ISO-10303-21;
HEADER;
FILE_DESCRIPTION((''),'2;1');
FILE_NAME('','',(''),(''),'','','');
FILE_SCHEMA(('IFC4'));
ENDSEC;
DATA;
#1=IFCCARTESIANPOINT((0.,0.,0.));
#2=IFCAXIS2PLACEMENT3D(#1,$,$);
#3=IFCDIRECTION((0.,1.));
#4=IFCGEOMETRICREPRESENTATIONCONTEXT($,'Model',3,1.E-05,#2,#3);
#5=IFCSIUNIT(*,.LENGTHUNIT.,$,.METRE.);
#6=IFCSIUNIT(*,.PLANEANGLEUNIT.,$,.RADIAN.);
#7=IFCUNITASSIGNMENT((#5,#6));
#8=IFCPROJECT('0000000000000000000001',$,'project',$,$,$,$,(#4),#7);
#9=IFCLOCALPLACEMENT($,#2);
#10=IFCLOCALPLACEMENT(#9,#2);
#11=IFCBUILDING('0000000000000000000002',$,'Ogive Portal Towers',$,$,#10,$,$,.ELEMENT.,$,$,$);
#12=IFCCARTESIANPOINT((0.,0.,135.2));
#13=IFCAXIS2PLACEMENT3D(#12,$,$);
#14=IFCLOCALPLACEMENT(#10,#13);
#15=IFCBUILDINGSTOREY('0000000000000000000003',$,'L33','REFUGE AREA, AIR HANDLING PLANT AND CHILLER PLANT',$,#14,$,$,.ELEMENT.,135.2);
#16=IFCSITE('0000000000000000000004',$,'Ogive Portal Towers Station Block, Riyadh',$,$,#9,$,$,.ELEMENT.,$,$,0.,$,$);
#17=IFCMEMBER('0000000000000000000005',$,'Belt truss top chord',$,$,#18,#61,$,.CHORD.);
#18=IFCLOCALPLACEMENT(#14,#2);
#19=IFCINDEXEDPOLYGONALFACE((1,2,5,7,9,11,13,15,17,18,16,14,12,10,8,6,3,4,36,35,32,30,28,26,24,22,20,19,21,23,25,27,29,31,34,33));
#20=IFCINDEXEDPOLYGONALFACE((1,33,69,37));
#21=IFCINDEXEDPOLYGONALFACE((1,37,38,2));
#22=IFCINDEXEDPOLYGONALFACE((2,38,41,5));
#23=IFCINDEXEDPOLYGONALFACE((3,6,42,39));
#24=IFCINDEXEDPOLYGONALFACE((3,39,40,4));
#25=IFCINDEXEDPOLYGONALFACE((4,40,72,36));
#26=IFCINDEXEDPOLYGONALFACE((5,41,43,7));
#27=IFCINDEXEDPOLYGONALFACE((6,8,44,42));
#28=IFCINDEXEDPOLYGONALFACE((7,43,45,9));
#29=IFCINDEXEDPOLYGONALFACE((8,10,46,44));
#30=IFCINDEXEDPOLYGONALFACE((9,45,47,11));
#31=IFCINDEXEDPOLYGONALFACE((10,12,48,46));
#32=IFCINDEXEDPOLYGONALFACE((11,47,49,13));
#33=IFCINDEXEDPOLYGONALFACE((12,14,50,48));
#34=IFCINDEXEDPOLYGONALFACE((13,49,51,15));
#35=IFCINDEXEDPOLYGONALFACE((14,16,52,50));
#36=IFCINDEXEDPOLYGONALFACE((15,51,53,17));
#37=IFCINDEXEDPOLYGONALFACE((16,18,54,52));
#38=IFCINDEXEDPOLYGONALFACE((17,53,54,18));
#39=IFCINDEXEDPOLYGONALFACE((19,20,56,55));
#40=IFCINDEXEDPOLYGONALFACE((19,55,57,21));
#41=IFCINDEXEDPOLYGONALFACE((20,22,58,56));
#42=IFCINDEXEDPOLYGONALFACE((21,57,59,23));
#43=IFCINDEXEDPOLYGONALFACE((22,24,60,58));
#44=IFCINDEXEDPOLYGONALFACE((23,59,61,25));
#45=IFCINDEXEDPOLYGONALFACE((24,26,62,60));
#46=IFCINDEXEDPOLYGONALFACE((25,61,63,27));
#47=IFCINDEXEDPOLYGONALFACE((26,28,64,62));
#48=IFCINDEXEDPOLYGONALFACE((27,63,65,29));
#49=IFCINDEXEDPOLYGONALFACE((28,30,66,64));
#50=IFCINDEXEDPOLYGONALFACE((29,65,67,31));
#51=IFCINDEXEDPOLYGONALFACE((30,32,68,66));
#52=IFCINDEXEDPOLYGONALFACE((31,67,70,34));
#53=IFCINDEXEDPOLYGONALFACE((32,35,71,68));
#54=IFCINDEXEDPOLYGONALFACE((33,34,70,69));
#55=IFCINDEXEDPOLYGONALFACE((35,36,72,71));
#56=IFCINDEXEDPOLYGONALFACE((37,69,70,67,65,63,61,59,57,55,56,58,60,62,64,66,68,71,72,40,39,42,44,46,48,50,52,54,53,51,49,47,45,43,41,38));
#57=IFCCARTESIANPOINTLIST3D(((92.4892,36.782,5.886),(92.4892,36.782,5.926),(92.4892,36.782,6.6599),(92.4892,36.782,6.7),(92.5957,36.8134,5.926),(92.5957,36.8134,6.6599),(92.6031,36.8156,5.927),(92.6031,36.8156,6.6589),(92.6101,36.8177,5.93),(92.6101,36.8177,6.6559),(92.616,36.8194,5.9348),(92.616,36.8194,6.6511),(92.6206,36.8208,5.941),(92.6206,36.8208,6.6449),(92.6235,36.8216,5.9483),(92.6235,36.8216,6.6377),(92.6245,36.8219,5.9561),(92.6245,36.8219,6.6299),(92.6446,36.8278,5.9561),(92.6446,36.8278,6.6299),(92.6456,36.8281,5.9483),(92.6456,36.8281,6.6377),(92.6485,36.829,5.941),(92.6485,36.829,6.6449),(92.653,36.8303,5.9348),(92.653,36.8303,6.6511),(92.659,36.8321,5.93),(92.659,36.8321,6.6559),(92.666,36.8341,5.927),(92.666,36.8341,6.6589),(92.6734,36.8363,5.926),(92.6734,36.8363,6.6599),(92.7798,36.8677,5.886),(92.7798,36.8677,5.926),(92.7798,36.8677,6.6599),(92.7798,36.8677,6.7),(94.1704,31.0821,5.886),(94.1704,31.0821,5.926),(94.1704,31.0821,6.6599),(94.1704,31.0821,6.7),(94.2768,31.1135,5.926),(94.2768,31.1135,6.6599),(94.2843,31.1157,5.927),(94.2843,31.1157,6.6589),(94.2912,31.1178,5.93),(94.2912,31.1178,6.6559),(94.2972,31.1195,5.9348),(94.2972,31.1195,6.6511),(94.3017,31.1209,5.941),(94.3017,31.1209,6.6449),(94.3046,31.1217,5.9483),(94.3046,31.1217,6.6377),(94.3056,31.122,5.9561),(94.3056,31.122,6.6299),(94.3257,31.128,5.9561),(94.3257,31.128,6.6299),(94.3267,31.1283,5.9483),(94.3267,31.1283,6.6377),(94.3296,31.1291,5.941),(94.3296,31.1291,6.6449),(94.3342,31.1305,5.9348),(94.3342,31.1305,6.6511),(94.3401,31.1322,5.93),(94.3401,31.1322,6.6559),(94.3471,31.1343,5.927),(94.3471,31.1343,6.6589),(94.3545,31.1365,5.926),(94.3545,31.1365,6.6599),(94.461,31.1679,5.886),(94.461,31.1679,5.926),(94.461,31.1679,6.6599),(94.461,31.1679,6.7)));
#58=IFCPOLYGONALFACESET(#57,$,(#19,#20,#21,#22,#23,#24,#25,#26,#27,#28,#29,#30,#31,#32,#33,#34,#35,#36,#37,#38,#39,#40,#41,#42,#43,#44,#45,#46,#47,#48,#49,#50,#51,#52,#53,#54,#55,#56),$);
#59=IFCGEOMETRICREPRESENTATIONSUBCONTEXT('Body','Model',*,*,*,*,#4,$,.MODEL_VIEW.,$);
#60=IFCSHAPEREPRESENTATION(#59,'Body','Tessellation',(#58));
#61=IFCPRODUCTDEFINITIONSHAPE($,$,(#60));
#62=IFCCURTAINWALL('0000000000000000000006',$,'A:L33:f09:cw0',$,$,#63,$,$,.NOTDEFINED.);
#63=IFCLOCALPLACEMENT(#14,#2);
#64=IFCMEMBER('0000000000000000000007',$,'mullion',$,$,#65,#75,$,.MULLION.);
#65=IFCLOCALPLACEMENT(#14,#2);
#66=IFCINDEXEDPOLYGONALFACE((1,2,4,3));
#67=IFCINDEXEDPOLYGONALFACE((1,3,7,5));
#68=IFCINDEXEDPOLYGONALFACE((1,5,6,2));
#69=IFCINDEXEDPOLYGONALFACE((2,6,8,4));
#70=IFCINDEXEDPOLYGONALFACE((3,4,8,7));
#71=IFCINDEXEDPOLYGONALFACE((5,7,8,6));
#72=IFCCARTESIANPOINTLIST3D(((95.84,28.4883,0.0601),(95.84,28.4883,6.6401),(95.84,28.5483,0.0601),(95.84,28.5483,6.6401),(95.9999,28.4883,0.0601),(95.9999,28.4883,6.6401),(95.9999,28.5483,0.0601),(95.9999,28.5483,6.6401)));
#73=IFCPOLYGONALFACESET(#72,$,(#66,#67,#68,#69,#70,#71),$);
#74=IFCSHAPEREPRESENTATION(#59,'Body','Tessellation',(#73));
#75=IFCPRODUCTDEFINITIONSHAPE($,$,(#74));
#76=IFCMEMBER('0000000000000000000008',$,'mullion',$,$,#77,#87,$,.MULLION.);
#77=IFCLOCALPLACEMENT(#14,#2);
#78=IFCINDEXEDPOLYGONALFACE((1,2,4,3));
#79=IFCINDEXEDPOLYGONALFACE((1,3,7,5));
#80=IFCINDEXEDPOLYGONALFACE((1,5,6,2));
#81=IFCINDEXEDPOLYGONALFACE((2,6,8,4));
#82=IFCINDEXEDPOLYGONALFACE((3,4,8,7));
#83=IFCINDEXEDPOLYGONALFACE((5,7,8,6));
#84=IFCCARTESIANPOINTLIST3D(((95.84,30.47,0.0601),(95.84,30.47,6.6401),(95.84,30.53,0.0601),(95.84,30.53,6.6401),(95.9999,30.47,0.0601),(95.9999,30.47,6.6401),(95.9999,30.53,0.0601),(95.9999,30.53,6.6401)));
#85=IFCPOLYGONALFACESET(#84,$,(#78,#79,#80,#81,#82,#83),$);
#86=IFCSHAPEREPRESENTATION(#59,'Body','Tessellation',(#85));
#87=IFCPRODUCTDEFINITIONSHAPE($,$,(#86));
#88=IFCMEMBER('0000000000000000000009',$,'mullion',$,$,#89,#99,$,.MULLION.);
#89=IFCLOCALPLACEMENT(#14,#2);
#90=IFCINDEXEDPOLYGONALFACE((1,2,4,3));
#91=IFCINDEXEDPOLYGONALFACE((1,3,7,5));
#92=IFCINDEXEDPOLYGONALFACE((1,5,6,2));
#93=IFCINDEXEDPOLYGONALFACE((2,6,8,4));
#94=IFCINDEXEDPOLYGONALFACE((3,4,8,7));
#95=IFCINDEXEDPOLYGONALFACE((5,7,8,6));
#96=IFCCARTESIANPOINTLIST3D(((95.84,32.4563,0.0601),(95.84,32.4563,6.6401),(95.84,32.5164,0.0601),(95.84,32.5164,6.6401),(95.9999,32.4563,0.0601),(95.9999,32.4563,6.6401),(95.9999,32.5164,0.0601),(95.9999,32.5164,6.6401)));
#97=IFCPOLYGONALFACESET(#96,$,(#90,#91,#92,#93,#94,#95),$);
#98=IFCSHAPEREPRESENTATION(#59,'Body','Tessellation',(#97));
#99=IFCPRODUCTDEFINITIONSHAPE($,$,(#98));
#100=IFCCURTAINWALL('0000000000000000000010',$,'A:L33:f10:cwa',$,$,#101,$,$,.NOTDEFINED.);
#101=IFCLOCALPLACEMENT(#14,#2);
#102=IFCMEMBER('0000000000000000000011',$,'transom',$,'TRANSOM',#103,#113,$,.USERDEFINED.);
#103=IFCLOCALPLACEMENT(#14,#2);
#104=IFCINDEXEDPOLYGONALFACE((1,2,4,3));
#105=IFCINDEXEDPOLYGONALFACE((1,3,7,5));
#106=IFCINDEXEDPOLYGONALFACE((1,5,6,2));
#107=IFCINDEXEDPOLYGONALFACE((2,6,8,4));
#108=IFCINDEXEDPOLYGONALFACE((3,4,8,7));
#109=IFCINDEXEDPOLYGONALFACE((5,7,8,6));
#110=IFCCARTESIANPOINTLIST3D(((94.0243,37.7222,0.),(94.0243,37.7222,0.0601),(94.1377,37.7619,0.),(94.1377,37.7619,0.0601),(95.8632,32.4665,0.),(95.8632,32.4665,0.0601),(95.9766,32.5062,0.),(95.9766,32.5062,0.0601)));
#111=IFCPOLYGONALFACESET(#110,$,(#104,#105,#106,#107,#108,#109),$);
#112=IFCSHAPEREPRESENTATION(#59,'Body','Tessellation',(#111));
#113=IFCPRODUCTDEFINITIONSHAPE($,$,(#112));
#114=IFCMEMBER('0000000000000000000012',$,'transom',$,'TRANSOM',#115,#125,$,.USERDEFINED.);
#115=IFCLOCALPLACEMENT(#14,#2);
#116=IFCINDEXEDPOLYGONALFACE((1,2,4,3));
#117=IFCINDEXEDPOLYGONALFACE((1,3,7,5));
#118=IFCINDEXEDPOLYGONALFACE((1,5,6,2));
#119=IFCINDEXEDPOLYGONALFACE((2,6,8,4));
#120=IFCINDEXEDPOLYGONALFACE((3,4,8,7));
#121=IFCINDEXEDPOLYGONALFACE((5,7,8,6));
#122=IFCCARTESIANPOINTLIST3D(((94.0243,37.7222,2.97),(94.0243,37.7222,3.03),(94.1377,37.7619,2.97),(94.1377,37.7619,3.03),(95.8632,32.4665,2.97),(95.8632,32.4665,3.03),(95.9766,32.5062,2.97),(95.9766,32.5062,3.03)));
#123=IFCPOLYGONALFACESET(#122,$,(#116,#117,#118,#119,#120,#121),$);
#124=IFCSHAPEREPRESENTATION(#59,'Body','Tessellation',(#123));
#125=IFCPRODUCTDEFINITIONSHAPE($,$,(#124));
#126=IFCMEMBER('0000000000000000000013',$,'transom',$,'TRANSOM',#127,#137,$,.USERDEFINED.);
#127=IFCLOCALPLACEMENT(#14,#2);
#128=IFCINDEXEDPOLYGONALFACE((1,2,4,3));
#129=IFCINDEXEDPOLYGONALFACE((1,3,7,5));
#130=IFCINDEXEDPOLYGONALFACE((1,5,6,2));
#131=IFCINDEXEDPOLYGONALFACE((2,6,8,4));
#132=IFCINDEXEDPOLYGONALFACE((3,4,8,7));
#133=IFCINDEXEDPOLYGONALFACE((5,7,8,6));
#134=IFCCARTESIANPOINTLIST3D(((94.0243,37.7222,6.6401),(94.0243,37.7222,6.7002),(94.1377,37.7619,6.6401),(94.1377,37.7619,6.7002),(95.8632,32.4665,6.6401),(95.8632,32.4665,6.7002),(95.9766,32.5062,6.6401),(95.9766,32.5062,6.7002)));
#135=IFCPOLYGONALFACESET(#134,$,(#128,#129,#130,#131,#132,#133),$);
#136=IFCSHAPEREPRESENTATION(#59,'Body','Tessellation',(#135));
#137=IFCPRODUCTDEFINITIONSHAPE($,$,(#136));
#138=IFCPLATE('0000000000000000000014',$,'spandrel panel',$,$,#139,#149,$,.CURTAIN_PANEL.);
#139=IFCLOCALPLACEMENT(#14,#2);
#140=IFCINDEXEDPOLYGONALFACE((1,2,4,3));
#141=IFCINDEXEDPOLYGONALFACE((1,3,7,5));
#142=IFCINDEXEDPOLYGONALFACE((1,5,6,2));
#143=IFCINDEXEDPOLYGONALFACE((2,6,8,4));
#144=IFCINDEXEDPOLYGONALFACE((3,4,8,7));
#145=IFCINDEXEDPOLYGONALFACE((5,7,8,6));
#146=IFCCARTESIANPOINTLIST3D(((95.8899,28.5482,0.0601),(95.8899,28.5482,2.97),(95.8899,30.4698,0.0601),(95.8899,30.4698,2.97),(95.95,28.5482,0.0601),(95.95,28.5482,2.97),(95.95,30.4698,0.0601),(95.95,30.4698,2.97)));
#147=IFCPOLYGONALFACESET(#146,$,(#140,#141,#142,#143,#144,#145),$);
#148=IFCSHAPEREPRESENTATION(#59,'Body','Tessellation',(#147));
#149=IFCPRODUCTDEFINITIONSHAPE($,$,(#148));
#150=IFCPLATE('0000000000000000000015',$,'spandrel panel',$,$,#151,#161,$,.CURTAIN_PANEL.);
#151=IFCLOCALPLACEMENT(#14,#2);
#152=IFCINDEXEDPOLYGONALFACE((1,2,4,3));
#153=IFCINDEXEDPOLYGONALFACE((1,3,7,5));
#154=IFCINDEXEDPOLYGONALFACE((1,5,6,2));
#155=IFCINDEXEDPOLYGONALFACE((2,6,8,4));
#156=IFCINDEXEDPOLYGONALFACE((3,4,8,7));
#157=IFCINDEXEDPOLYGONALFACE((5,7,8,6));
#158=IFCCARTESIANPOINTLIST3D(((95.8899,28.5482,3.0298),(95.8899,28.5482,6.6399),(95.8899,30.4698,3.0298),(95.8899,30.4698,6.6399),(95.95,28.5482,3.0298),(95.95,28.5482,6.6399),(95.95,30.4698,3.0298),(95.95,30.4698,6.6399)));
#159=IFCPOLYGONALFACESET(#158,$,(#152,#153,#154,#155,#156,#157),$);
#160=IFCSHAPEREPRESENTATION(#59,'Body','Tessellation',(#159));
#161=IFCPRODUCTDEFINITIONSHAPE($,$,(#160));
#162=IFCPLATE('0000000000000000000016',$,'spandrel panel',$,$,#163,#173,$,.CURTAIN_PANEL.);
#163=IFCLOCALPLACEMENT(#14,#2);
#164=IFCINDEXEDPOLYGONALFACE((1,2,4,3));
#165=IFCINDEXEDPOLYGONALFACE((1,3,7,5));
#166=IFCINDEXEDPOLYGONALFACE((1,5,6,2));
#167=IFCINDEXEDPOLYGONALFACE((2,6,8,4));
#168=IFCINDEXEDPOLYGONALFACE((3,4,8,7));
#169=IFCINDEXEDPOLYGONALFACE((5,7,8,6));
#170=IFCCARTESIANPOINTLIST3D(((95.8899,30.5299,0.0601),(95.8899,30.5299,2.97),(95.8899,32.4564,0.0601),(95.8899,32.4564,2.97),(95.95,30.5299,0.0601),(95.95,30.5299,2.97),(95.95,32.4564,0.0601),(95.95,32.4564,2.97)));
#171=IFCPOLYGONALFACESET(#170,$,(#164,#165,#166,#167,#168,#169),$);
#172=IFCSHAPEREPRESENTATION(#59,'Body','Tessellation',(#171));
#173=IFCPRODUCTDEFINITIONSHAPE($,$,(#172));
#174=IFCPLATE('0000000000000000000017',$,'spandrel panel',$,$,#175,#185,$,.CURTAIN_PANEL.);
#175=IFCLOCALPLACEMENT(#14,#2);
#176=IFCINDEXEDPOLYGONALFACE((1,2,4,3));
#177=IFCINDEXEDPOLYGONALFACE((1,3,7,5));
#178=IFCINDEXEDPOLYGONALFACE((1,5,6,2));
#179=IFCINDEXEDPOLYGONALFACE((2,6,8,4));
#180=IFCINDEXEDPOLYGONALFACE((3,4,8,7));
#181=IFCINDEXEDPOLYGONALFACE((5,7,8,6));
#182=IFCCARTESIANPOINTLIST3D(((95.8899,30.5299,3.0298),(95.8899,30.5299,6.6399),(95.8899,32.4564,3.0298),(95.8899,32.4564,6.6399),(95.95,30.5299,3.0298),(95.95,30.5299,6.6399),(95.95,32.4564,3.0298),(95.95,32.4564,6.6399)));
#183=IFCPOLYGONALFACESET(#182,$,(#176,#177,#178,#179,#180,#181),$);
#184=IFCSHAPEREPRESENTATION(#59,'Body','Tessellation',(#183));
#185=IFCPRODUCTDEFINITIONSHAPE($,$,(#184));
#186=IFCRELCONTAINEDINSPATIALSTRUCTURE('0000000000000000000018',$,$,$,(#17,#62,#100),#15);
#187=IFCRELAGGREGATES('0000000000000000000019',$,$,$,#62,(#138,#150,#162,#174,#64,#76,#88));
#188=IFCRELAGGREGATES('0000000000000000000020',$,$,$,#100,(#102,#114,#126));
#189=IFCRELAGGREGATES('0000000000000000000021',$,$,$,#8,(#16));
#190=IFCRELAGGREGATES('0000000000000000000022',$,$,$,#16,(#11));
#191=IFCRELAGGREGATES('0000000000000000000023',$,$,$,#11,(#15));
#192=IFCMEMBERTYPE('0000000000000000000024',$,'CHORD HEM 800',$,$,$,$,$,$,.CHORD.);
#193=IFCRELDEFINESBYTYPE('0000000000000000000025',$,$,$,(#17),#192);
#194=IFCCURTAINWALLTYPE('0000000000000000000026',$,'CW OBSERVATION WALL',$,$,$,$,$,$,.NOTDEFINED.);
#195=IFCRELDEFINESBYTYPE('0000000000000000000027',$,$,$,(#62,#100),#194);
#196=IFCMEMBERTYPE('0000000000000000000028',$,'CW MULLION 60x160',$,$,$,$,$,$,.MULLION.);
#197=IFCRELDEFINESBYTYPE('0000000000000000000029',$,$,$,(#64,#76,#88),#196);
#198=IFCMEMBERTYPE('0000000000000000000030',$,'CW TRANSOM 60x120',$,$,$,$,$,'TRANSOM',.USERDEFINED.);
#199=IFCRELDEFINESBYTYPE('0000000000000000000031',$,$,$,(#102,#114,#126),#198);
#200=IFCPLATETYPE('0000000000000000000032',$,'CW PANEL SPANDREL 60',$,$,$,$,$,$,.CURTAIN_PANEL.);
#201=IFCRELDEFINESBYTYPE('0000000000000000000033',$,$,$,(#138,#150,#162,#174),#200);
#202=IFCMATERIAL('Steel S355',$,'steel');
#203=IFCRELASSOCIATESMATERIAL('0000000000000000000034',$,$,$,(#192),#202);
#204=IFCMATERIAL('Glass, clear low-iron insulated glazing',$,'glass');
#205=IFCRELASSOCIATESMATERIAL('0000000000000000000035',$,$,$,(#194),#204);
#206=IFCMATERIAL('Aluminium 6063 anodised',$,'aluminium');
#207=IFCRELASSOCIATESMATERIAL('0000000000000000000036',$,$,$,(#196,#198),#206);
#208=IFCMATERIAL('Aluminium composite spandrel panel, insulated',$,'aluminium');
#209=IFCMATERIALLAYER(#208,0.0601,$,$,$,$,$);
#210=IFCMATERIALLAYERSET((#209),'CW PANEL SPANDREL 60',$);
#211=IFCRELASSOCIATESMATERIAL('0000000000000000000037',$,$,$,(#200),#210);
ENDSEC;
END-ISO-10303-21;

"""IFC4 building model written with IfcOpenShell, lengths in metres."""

from ifc_helpers import new_model, si_unit, direction, frame, origin, origin_2d, place, context, subcontext, project, spatial, rectangle, i_section, extrude, material, layer, layer_set, material_profile, profile_set, type_object, element, aggregate, save


model = new_model("IFC4")

# Units and contexts
model_context = context("Model", 3, precision=1e-05, world=origin(), true_north=direction((0.0, 1.0)))
body_context = subcontext(model_context, "Body", "Model", "MODEL_VIEW")
ifc_project = project(units=[si_unit("LENGTHUNIT", "METRE"), si_unit("PLANEANGLEUNIT", "RADIAN")], contexts=[model_context])

# Site, building, storey
site_placement = place(None, origin())
site = spatial("IfcSite", under=ifc_project, at=site_placement, Name="Ogive Portal Towers Station Block, Riyadh", CompositionType="ELEMENT", RefElevation=0.0)
building_placement = place(site_placement, origin())
building = spatial("IfcBuilding", under=site, at=building_placement, Name="Ogive Portal Towers", CompositionType="ELEMENT")
storey_placement = place(building_placement, frame((0.0, 0.0, 135.2)))
storey = spatial("IfcBuildingStorey", under=building, at=storey_placement, Name="L33", Description="REFUGE AREA, AIR HANDLING PLANT AND CHILLER PLANT", CompositionType="ELEMENT", Elevation=135.2)

# Member
ifc_material_1 = material(Name="Steel S355", Category="steel")
ifc_material_profile_1 = material_profile(ifc_material_1, i_section(OverallWidth=0.303, OverallDepth=0.814, WebThickness=0.021, FlangeThickness=0.04, FilletRadius=0.03, at=origin_2d()), Name="HEM 800")
ifc_profile_set_1 = profile_set([ifc_material_profile_1], Name="Steel S355")
member_type_1 = type_object("IfcMemberType", Name="CHORD HEM 800", PredefinedType="CHORD", material=ifc_profile_set_1)
for number, where, z_axis, x_axis, name in (
    (1, (94.3157, 31.125, 6.293), (-0.282894, 0.959151, 0.0), (-0.959151, -0.282894, 0.0), "Belt truss top chord"),
):
    element("IfcMember", number, at=place(storey_placement, frame(where, z_axis=z_axis, x_axis=x_axis)), inside=storey, type_object=member_type_1, Name=name, PredefinedType="CHORD", context=body_context, shape_type="SweptSolid", body=[
        extrude(i_section(OverallWidth=0.303, OverallDepth=0.814, WebThickness=0.021, FlangeThickness=0.04, FilletRadius=0.03, at=origin_2d()), origin(), (0.0, 0.0, 1.0), 5.9426),
    ])

# Curtain walls, members
ifc_material_2 = material(Name="Glass, clear low-iron insulated glazing", Category="glass")
curtain_wall_type = type_object("IfcCurtainWallType", Name="CW OBSERVATION WALL", PredefinedType="NOTDEFINED", material=ifc_material_2)
curtain_wall_1_placement = place(storey_placement, origin())
curtain_wall_1 = element("IfcCurtainWall", 2, at=curtain_wall_1_placement, inside=storey, type_object=curtain_wall_type, Name="A:L33:f09:cw0", PredefinedType="NOTDEFINED")
ifc_material_3 = material(Name="Aluminium 6063 anodised", Category="aluminium")
ifc_material_profile_2 = material_profile(ifc_material_3, rectangle(XDim=0.1599, YDim=0.0601, at=origin_2d()), Name="AL 60x160")
ifc_profile_set_2 = profile_set([ifc_material_profile_2], Name="Aluminium 6063 anodised")
member_type_2 = type_object("IfcMemberType", Name="CW MULLION 60x160", PredefinedType="MULLION", material=ifc_profile_set_2)
member_1_placement = place(storey_placement, frame((95.9199, 28.5183, 0.0601), z_axis=(0.0, 0.0, 1.0), x_axis=(-1.0, 0.0, 0.0)))
member_1 = element("IfcMember", 3, at=member_1_placement, type_object=member_type_2, Name="mullion", PredefinedType="MULLION", context=body_context, shape_type="SweptSolid", body=[
    extrude(rectangle(XDim=0.1599, YDim=0.0601, at=origin_2d()), origin(), (0.0, 0.0, 1.0), 6.5801),
])
member_2_placement = place(storey_placement, frame((95.9199, 30.5, 0.0601), z_axis=(0.0, 0.0, 1.0), x_axis=(-1.0, 0.0, 0.0)))
member_2 = element("IfcMember", 4, at=member_2_placement, type_object=member_type_2, Name="mullion", PredefinedType="MULLION", context=body_context, shape_type="SweptSolid", body=[
    extrude(rectangle(XDim=0.1599, YDim=0.0601, at=origin_2d()), origin(), (0.0, 0.0, 1.0), 6.5801),
])
member_3_placement = place(storey_placement, frame((95.9199, 32.4863, 0.0601), z_axis=(0.0, 0.0, 1.0), x_axis=(-1.0, 0.0, 0.0)))
member_3 = element("IfcMember", 5, at=member_3_placement, type_object=member_type_2, Name="mullion", PredefinedType="MULLION", context=body_context, shape_type="SweptSolid", body=[
    extrude(rectangle(XDim=0.1599, YDim=0.0601, at=origin_2d()), origin(), (0.0, 0.0, 1.0), 6.5801),
])
curtain_wall_2_placement = place(storey_placement, origin())
curtain_wall_2 = element("IfcCurtainWall", 6, at=curtain_wall_2_placement, inside=storey, type_object=curtain_wall_type, Name="A:L33:f10:cwa", PredefinedType="NOTDEFINED")
ifc_material_profile_3 = material_profile(ifc_material_3, rectangle(XDim=0.1201, YDim=0.0601, at=origin_2d()), Name="AL 120x60")
ifc_profile_set_3 = profile_set([ifc_material_profile_3], Name="Aluminium 6063 anodised")
member_type_3 = type_object("IfcMemberType", Name="CW TRANSOM 60x120", ElementType="TRANSOM", PredefinedType="USERDEFINED", material=ifc_profile_set_3)
member_4_placement = place(storey_placement, frame((95.9199, 32.4863, 0.03), z_axis=(-0.330255, 0.943892, 0.0), x_axis=(-0.943892, -0.330255, 0.0)))
member_4 = element("IfcMember", 7, at=member_4_placement, type_object=member_type_3, Name="transom", ObjectType="TRANSOM", PredefinedType="USERDEFINED", context=body_context, shape_type="SweptSolid", body=[
    extrude(rectangle(XDim=0.1201, YDim=0.0601, at=origin_2d()), origin(), (0.0, 0.0, 1.0), 5.5681),
])
member_5_placement = place(storey_placement, frame((95.9199, 32.4863, 3.0), z_axis=(-0.330255, 0.943892, 0.0), x_axis=(-0.943892, -0.330255, 0.0)))
member_5 = element("IfcMember", 8, at=member_5_placement, type_object=member_type_3, Name="transom", ObjectType="TRANSOM", PredefinedType="USERDEFINED", context=body_context, shape_type="SweptSolid", body=[
    extrude(rectangle(XDim=0.1201, YDim=0.0601, at=origin_2d()), origin(), (0.0, 0.0, 1.0), 5.5681),
])
member_6_placement = place(storey_placement, frame((95.9199, 32.4863, 6.6702), z_axis=(-0.330255, 0.943892, 0.0), x_axis=(-0.943892, -0.330255, 0.0)))
member_6 = element("IfcMember", 9, at=member_6_placement, type_object=member_type_3, Name="transom", ObjectType="TRANSOM", PredefinedType="USERDEFINED", context=body_context, shape_type="SweptSolid", body=[
    extrude(rectangle(XDim=0.1201, YDim=0.0601, at=origin_2d()), origin(), (0.0, 0.0, 1.0), 5.5681),
])

# Plates
ifc_material_4 = material(Name="Aluminium composite spandrel panel, insulated", Category="aluminium")
ifc_layer_1 = layer(ifc_material_4, 0.0601)
ifc_layer_set_1 = layer_set([ifc_layer_1], Name="CW PANEL SPANDREL 60")
plate_type = type_object("IfcPlateType", Name="CW PANEL SPANDREL 60", PredefinedType="CURTAIN_PANEL", material=ifc_layer_set_1)
plate_1_placement = place(storey_placement, frame((95.9199, 29.509, 0.0601), z_axis=(0.0, 0.0, 1.0), x_axis=(0.0, 1.0, 0.0)))
plate_1 = element("IfcPlate", 10, at=plate_1_placement, type_object=plate_type, Name="spandrel panel", PredefinedType="CURTAIN_PANEL", context=body_context, shape_type="SweptSolid", body=[
    extrude(rectangle(XDim=1.9216, YDim=0.0601, at=origin_2d()), origin(), (0.0, 0.0, 1.0), 2.9099),
])
plate_2_placement = place(storey_placement, frame((95.9199, 29.509, 3.0298), z_axis=(0.0, 0.0, 1.0), x_axis=(0.0, 1.0, 0.0)))
plate_2 = element("IfcPlate", 11, at=plate_2_placement, type_object=plate_type, Name="spandrel panel", PredefinedType="CURTAIN_PANEL", context=body_context, shape_type="SweptSolid", body=[
    extrude(rectangle(XDim=1.9216, YDim=0.0601, at=origin_2d()), origin(), (0.0, 0.0, 1.0), 3.6101),
])
plate_3_placement = place(storey_placement, frame((95.9199, 31.4932, 0.0601), z_axis=(0.0, 0.0, 1.0), x_axis=(0.0, 1.0, 0.0)))
plate_3 = element("IfcPlate", 12, at=plate_3_placement, type_object=plate_type, Name="spandrel panel", PredefinedType="CURTAIN_PANEL", context=body_context, shape_type="SweptSolid", body=[
    extrude(rectangle(XDim=1.9265, YDim=0.0601, at=origin_2d()), origin(), (0.0, 0.0, 1.0), 2.9099),
])
plate_4_placement = place(storey_placement, frame((95.9199, 31.4932, 3.0298), z_axis=(0.0, 0.0, 1.0), x_axis=(0.0, 1.0, 0.0)))
plate_4 = element("IfcPlate", 13, at=plate_4_placement, type_object=plate_type, Name="spandrel panel", PredefinedType="CURTAIN_PANEL", context=body_context, shape_type="SweptSolid", body=[
    extrude(rectangle(XDim=1.9265, YDim=0.0601, at=origin_2d()), origin(), (0.0, 0.0, 1.0), 3.6101),
])
aggregate(curtain_wall_1, [plate_1, plate_2, plate_3, plate_4, member_1, member_2, member_3])
aggregate(curtain_wall_2, [member_4, member_5, member_6])

save(model, "model.ifc")
